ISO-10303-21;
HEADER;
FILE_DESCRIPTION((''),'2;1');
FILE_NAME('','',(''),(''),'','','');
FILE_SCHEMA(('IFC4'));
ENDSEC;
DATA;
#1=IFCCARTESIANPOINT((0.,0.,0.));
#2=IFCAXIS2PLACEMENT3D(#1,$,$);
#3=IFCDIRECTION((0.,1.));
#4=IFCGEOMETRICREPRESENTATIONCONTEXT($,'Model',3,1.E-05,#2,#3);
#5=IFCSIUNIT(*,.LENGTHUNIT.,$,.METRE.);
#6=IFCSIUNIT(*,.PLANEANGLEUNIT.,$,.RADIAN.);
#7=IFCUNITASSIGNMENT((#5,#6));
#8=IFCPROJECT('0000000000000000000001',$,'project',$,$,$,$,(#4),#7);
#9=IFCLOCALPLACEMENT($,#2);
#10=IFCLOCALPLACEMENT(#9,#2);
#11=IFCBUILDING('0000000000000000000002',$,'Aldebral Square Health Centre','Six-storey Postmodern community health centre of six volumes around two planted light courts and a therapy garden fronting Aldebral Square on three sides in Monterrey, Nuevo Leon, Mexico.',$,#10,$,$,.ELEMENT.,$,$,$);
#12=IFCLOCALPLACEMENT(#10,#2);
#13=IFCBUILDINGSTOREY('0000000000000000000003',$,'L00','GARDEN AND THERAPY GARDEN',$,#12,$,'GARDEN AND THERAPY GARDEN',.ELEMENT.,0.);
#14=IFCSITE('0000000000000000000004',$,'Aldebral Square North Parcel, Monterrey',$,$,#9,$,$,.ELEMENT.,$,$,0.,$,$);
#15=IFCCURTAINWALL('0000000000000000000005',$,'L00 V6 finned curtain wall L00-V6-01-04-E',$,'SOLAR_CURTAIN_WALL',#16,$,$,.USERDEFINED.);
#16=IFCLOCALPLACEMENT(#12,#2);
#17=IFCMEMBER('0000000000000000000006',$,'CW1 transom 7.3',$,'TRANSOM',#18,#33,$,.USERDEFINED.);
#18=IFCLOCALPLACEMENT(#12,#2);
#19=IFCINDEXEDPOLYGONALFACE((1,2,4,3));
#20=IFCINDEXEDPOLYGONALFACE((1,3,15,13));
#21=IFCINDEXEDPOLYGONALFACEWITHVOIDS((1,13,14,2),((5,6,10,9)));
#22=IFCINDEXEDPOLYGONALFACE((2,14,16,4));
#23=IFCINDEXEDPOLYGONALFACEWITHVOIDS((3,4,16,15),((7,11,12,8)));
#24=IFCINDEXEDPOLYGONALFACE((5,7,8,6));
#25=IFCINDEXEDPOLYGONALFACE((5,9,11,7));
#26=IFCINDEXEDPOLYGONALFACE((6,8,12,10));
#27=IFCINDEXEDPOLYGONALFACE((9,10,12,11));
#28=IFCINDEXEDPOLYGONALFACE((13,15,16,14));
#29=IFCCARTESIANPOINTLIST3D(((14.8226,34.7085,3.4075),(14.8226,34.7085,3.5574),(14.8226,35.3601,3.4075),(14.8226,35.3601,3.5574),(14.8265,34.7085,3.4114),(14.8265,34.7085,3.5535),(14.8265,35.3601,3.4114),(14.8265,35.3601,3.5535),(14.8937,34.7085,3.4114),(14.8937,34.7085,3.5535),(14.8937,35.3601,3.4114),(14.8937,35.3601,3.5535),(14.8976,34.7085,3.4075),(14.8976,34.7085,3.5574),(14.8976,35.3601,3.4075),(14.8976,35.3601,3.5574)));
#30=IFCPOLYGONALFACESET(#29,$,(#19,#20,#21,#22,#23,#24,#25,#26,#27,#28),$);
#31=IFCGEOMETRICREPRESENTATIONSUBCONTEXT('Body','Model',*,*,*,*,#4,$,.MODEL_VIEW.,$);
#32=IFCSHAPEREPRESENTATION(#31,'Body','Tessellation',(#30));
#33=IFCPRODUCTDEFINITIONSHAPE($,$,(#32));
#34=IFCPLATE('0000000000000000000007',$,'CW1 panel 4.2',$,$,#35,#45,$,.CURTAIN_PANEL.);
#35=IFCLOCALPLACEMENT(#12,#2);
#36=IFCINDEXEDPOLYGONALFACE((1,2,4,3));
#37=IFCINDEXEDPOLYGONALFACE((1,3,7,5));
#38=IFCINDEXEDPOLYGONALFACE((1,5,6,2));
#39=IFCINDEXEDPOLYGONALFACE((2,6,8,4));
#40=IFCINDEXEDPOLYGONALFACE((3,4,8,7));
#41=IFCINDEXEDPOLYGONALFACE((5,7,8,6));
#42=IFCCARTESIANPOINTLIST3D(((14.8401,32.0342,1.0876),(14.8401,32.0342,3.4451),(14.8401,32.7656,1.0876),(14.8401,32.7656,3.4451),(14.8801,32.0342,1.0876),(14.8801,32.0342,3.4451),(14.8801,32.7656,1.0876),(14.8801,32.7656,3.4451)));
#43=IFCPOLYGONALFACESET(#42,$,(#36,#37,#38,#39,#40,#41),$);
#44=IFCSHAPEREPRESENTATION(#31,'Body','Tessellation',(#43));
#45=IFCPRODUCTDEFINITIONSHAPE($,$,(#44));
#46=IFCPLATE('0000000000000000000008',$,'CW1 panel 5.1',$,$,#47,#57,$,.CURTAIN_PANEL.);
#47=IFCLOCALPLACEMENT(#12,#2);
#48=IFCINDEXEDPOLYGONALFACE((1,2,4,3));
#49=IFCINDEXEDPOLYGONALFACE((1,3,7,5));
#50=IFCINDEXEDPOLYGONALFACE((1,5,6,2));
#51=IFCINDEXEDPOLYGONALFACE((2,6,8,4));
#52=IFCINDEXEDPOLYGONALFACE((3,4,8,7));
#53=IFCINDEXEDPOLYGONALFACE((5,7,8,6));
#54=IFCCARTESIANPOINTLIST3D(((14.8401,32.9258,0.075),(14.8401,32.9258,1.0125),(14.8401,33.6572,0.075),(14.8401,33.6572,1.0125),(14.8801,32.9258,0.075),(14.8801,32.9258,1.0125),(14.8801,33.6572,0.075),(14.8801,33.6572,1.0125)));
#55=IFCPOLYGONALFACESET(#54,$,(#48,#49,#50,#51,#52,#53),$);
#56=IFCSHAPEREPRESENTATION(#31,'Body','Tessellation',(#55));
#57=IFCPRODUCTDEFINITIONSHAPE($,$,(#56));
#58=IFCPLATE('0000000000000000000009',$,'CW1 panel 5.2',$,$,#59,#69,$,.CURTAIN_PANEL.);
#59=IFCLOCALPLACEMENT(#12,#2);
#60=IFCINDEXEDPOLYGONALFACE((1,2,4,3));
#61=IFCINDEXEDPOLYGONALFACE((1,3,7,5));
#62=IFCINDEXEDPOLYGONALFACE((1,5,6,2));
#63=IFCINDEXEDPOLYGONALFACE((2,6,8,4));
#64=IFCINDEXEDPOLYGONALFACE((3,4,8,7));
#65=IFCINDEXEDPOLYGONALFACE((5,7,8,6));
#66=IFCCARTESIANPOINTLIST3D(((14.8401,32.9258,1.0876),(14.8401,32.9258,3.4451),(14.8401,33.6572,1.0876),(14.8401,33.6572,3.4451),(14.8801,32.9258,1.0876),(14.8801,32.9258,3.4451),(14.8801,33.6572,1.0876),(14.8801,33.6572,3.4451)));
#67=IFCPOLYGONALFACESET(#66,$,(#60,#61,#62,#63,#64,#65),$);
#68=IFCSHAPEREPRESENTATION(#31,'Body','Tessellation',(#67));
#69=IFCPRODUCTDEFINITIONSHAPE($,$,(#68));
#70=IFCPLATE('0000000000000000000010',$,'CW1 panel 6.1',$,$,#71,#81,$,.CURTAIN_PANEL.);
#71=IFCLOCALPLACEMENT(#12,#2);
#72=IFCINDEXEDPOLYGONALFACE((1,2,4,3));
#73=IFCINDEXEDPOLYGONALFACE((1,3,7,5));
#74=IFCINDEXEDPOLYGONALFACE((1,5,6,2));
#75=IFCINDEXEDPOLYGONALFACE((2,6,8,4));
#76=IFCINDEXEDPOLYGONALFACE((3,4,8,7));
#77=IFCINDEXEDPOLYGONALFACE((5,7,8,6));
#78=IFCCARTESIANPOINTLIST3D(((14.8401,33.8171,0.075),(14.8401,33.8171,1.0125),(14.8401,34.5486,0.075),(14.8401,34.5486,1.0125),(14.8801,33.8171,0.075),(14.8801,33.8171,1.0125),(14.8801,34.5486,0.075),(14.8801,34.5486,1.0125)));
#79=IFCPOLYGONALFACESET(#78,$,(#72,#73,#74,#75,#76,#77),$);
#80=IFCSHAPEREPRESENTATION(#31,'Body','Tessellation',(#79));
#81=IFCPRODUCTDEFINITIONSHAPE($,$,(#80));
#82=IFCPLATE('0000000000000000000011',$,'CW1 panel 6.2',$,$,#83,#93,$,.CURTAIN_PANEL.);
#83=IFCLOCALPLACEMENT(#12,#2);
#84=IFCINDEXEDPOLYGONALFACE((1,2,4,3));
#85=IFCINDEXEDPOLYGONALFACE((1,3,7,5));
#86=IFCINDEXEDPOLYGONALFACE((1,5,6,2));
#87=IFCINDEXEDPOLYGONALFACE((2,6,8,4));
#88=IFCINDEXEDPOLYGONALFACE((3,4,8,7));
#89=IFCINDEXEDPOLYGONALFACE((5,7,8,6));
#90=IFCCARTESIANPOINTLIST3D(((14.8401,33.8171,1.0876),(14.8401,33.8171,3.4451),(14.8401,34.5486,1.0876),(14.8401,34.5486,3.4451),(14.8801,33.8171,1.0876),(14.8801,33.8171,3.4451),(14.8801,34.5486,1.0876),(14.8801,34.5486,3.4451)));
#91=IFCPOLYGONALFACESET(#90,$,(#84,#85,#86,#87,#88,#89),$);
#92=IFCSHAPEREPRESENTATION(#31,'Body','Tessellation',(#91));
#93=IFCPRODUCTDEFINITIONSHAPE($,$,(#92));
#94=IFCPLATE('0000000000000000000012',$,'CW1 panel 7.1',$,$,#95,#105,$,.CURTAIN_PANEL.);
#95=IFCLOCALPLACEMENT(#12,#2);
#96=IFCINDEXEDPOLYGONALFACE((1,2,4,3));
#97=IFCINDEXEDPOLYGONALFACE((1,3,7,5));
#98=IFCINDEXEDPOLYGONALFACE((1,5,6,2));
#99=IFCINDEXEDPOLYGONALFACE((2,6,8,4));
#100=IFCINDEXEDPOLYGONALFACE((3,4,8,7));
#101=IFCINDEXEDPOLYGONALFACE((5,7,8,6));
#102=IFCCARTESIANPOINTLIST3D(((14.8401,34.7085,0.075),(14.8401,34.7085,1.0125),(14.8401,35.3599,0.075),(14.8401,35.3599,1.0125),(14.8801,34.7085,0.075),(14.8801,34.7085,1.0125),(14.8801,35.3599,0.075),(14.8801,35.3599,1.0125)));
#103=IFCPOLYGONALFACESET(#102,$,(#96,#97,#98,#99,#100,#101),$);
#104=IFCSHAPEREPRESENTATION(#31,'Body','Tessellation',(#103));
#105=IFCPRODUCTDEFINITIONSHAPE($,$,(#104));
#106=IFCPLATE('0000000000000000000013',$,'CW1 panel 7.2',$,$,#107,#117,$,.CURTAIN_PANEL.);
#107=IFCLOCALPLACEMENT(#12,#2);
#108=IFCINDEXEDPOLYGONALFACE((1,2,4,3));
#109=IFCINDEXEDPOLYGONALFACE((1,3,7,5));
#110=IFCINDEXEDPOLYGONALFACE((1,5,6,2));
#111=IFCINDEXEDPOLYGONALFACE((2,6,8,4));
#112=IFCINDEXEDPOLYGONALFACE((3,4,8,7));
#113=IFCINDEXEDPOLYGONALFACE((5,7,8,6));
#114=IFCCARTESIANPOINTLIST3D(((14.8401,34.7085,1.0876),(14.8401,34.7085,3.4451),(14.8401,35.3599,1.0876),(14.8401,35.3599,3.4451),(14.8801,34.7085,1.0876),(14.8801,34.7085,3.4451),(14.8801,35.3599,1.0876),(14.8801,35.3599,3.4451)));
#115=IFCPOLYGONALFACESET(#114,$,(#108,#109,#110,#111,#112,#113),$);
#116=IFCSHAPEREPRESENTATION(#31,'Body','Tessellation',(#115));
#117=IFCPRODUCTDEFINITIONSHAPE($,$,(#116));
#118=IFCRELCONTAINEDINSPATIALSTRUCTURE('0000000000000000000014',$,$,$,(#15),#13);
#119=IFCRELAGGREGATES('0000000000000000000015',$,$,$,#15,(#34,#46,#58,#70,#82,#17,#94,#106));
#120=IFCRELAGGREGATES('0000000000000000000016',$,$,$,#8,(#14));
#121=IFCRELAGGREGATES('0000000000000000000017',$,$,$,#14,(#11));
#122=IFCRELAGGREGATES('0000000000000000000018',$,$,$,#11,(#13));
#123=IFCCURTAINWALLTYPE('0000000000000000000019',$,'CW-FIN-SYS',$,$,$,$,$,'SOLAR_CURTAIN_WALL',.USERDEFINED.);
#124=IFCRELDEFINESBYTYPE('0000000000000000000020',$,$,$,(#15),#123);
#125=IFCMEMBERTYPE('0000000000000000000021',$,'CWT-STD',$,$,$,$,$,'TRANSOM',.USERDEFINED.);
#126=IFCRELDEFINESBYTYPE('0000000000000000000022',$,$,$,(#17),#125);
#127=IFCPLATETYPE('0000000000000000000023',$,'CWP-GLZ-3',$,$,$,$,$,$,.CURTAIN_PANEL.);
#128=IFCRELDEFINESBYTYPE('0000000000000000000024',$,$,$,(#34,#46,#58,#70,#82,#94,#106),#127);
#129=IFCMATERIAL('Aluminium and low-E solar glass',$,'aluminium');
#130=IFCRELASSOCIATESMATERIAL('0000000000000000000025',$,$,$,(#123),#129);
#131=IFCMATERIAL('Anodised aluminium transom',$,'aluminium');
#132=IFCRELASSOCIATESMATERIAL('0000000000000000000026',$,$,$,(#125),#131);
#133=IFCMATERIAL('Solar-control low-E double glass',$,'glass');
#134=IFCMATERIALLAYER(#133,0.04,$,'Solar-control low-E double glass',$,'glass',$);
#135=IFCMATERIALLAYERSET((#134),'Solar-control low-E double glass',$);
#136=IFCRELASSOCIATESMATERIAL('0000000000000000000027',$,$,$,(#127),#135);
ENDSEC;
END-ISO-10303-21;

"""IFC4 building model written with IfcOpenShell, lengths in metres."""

from ifc_helpers import new_model, si_unit, direction, frame, origin, origin_2d, place, context, subcontext, project, spatial, rectangle, hollow_rectangle, extrude, material, layer, layer_set, material_profile, profile_set, type_object, element, aggregate, save


model = new_model("IFC4")

# Units and contexts
model_context = context("Model", 3, precision=1e-05, world=origin(), true_north=direction((0.0, 1.0)))
body_context = subcontext(model_context, "Body", "Model", "MODEL_VIEW")
ifc_project = project(units=[si_unit("LENGTHUNIT", "METRE"), si_unit("PLANEANGLEUNIT", "RADIAN")], contexts=[model_context])

# Site, building, storey
site_placement = place(None, origin())
site = spatial("IfcSite", under=ifc_project, at=site_placement, Name="Aldebral Square North Parcel, Monterrey", CompositionType="ELEMENT", RefElevation=0.0)
building_placement = place(site_placement, origin())
building = spatial("IfcBuilding", under=site, at=building_placement, Name="Aldebral Square Health Centre", Description="Six-storey Postmodern community health centre of six volumes around two planted light courts and a therapy garden fronting Aldebral Square on three sides in Monterrey, Nuevo Leon, Mexico.", CompositionType="ELEMENT")
storey_placement = place(building_placement, origin())
storey = spatial("IfcBuildingStorey", under=building, at=storey_placement, Name="L00", Description="GARDEN AND THERAPY GARDEN", LongName="GARDEN AND THERAPY GARDEN", CompositionType="ELEMENT", Elevation=0.0)

# Curtain wall, member, plates
ifc_material_1 = material(Name="Aluminium and low-E solar glass", Category="aluminium")
curtain_wall_type = type_object("IfcCurtainWallType", Name="CW-FIN-SYS", ElementType="SOLAR_CURTAIN_WALL", PredefinedType="USERDEFINED", material=ifc_material_1)
curtain_wall_placement = place(storey_placement, origin())
curtain_wall = element("IfcCurtainWall", 1, at=curtain_wall_placement, inside=storey, type_object=curtain_wall_type, Name="L00 V6 finned curtain wall L00-V6-01-04-E", ObjectType="SOLAR_CURTAIN_WALL", PredefinedType="USERDEFINED")
ifc_material_2 = material(Name="Anodised aluminium transom", Category="aluminium")
ifc_material_profile_1 = material_profile(ifc_material_2, hollow_rectangle(XDim=0.075, YDim=0.1499, WallThickness=0.0039, at=origin_2d()), Name="CWT 75x150x4")
ifc_profile_set_1 = profile_set([ifc_material_profile_1], Name="Anodised aluminium transom")
member_type_1 = type_object("IfcMemberType", Name="CWT-STD", ElementType="TRANSOM", PredefinedType="USERDEFINED", material=ifc_profile_set_1)
member_1_placement = place(storey_placement, frame((14.8601, 34.7085, 3.4824), z_axis=(0.0, 1.0, 0.0), x_axis=(-1.0, 0.0, 0.0)))
member_1 = element("IfcMember", 2, at=member_1_placement, type_object=member_type_1, Name="CW1 transom 7.3", ObjectType="TRANSOM", PredefinedType="USERDEFINED", context=body_context, shape_type="SweptSolid", body=[
    extrude(hollow_rectangle(XDim=0.075, YDim=0.1499, WallThickness=0.0039, at=origin_2d()), origin(), (0.0, 0.0, 1.0), 0.6516),
])
ifc_material_3 = material(Name="Solar-control low-E double glass", Category="glass")
ifc_layer_1 = layer(ifc_material_3, 0.04, Name="Solar-control low-E double glass", Category="glass")
ifc_layer_set_1 = layer_set([ifc_layer_1], Name="Solar-control low-E double glass")
plate_type = type_object("IfcPlateType", Name="CWP-GLZ-3", PredefinedType="CURTAIN_PANEL", material=ifc_layer_set_1)
plate_1_placement = place(storey_placement, frame((14.8601, 32.3999, 1.0876), z_axis=(0.0, 0.0, 1.0), x_axis=(0.0, 1.0, 0.0)))
plate_1 = element("IfcPlate", 3, at=plate_1_placement, type_object=plate_type, Name="CW1 panel 4.2", PredefinedType="CURTAIN_PANEL", context=body_context, shape_type="SweptSolid", body=[
    extrude(rectangle(XDim=0.7314, YDim=0.04, at=origin_2d()), origin(), (0.0, 0.0, 1.0), 2.3574),
])
plate_2_placement = place(storey_placement, frame((14.8601, 33.2915, 0.075), z_axis=(0.0, 0.0, 1.0), x_axis=(0.0, 1.0, 0.0)))
plate_2 = element("IfcPlate", 4, at=plate_2_placement, type_object=plate_type, Name="CW1 panel 5.1", PredefinedType="CURTAIN_PANEL", context=body_context, shape_type="SweptSolid", body=[
    extrude(rectangle(XDim=0.7314, YDim=0.04, at=origin_2d()), origin(), (0.0, 0.0, 1.0), 0.9375),
])
plate_3_placement = place(storey_placement, frame((14.8601, 33.2915, 1.0876), z_axis=(0.0, 0.0, 1.0), x_axis=(0.0, 1.0, 0.0)))
plate_3 = element("IfcPlate", 5, at=plate_3_placement, type_object=plate_type, Name="CW1 panel 5.2", PredefinedType="CURTAIN_PANEL", context=body_context, shape_type="SweptSolid", body=[
    extrude(rectangle(XDim=0.7314, YDim=0.04, at=origin_2d()), origin(), (0.0, 0.0, 1.0), 2.3574),
])
plate_4_placement = place(storey_placement, frame((14.8601, 34.1829, 0.075), z_axis=(0.0, 0.0, 1.0), x_axis=(0.0, 1.0, 0.0)))
plate_4 = element("IfcPlate", 6, at=plate_4_placement, type_object=plate_type, Name="CW1 panel 6.1", PredefinedType="CURTAIN_PANEL", context=body_context, shape_type="SweptSolid", body=[
    extrude(rectangle(XDim=0.7314, YDim=0.04, at=origin_2d()), origin(), (0.0, 0.0, 1.0), 0.9375),
])
plate_5_placement = place(storey_placement, frame((14.8601, 34.1829, 1.0876), z_axis=(0.0, 0.0, 1.0), x_axis=(0.0, 1.0, 0.0)))
plate_5 = element("IfcPlate", 7, at=plate_5_placement, type_object=plate_type, Name="CW1 panel 6.2", PredefinedType="CURTAIN_PANEL", context=body_context, shape_type="SweptSolid", body=[
    extrude(rectangle(XDim=0.7314, YDim=0.04, at=origin_2d()), origin(), (0.0, 0.0, 1.0), 2.3574),
])
plate_6_placement = place(storey_placement, frame((14.8601, 35.0342, 0.075), z_axis=(0.0, 0.0, 1.0), x_axis=(0.0, 1.0, 0.0)))
plate_6 = element("IfcPlate", 8, at=plate_6_placement, type_object=plate_type, Name="CW1 panel 7.1", PredefinedType="CURTAIN_PANEL", context=body_context, shape_type="SweptSolid", body=[
    extrude(rectangle(XDim=0.6514, YDim=0.04, at=origin_2d()), origin(), (0.0, 0.0, 1.0), 0.9375),
])
plate_7_placement = place(storey_placement, frame((14.8601, 35.0342, 1.0876), z_axis=(0.0, 0.0, 1.0), x_axis=(0.0, 1.0, 0.0)))
plate_7 = element("IfcPlate", 9, at=plate_7_placement, type_object=plate_type, Name="CW1 panel 7.2", PredefinedType="CURTAIN_PANEL", context=body_context, shape_type="SweptSolid", body=[
    extrude(rectangle(XDim=0.6514, YDim=0.04, at=origin_2d()), origin(), (0.0, 0.0, 1.0), 2.3574),
])
aggregate(curtain_wall, [plate_1, plate_2, plate_3, plate_4, plate_5, member_1, plate_6, plate_7])

save(model, "model.ifc")
